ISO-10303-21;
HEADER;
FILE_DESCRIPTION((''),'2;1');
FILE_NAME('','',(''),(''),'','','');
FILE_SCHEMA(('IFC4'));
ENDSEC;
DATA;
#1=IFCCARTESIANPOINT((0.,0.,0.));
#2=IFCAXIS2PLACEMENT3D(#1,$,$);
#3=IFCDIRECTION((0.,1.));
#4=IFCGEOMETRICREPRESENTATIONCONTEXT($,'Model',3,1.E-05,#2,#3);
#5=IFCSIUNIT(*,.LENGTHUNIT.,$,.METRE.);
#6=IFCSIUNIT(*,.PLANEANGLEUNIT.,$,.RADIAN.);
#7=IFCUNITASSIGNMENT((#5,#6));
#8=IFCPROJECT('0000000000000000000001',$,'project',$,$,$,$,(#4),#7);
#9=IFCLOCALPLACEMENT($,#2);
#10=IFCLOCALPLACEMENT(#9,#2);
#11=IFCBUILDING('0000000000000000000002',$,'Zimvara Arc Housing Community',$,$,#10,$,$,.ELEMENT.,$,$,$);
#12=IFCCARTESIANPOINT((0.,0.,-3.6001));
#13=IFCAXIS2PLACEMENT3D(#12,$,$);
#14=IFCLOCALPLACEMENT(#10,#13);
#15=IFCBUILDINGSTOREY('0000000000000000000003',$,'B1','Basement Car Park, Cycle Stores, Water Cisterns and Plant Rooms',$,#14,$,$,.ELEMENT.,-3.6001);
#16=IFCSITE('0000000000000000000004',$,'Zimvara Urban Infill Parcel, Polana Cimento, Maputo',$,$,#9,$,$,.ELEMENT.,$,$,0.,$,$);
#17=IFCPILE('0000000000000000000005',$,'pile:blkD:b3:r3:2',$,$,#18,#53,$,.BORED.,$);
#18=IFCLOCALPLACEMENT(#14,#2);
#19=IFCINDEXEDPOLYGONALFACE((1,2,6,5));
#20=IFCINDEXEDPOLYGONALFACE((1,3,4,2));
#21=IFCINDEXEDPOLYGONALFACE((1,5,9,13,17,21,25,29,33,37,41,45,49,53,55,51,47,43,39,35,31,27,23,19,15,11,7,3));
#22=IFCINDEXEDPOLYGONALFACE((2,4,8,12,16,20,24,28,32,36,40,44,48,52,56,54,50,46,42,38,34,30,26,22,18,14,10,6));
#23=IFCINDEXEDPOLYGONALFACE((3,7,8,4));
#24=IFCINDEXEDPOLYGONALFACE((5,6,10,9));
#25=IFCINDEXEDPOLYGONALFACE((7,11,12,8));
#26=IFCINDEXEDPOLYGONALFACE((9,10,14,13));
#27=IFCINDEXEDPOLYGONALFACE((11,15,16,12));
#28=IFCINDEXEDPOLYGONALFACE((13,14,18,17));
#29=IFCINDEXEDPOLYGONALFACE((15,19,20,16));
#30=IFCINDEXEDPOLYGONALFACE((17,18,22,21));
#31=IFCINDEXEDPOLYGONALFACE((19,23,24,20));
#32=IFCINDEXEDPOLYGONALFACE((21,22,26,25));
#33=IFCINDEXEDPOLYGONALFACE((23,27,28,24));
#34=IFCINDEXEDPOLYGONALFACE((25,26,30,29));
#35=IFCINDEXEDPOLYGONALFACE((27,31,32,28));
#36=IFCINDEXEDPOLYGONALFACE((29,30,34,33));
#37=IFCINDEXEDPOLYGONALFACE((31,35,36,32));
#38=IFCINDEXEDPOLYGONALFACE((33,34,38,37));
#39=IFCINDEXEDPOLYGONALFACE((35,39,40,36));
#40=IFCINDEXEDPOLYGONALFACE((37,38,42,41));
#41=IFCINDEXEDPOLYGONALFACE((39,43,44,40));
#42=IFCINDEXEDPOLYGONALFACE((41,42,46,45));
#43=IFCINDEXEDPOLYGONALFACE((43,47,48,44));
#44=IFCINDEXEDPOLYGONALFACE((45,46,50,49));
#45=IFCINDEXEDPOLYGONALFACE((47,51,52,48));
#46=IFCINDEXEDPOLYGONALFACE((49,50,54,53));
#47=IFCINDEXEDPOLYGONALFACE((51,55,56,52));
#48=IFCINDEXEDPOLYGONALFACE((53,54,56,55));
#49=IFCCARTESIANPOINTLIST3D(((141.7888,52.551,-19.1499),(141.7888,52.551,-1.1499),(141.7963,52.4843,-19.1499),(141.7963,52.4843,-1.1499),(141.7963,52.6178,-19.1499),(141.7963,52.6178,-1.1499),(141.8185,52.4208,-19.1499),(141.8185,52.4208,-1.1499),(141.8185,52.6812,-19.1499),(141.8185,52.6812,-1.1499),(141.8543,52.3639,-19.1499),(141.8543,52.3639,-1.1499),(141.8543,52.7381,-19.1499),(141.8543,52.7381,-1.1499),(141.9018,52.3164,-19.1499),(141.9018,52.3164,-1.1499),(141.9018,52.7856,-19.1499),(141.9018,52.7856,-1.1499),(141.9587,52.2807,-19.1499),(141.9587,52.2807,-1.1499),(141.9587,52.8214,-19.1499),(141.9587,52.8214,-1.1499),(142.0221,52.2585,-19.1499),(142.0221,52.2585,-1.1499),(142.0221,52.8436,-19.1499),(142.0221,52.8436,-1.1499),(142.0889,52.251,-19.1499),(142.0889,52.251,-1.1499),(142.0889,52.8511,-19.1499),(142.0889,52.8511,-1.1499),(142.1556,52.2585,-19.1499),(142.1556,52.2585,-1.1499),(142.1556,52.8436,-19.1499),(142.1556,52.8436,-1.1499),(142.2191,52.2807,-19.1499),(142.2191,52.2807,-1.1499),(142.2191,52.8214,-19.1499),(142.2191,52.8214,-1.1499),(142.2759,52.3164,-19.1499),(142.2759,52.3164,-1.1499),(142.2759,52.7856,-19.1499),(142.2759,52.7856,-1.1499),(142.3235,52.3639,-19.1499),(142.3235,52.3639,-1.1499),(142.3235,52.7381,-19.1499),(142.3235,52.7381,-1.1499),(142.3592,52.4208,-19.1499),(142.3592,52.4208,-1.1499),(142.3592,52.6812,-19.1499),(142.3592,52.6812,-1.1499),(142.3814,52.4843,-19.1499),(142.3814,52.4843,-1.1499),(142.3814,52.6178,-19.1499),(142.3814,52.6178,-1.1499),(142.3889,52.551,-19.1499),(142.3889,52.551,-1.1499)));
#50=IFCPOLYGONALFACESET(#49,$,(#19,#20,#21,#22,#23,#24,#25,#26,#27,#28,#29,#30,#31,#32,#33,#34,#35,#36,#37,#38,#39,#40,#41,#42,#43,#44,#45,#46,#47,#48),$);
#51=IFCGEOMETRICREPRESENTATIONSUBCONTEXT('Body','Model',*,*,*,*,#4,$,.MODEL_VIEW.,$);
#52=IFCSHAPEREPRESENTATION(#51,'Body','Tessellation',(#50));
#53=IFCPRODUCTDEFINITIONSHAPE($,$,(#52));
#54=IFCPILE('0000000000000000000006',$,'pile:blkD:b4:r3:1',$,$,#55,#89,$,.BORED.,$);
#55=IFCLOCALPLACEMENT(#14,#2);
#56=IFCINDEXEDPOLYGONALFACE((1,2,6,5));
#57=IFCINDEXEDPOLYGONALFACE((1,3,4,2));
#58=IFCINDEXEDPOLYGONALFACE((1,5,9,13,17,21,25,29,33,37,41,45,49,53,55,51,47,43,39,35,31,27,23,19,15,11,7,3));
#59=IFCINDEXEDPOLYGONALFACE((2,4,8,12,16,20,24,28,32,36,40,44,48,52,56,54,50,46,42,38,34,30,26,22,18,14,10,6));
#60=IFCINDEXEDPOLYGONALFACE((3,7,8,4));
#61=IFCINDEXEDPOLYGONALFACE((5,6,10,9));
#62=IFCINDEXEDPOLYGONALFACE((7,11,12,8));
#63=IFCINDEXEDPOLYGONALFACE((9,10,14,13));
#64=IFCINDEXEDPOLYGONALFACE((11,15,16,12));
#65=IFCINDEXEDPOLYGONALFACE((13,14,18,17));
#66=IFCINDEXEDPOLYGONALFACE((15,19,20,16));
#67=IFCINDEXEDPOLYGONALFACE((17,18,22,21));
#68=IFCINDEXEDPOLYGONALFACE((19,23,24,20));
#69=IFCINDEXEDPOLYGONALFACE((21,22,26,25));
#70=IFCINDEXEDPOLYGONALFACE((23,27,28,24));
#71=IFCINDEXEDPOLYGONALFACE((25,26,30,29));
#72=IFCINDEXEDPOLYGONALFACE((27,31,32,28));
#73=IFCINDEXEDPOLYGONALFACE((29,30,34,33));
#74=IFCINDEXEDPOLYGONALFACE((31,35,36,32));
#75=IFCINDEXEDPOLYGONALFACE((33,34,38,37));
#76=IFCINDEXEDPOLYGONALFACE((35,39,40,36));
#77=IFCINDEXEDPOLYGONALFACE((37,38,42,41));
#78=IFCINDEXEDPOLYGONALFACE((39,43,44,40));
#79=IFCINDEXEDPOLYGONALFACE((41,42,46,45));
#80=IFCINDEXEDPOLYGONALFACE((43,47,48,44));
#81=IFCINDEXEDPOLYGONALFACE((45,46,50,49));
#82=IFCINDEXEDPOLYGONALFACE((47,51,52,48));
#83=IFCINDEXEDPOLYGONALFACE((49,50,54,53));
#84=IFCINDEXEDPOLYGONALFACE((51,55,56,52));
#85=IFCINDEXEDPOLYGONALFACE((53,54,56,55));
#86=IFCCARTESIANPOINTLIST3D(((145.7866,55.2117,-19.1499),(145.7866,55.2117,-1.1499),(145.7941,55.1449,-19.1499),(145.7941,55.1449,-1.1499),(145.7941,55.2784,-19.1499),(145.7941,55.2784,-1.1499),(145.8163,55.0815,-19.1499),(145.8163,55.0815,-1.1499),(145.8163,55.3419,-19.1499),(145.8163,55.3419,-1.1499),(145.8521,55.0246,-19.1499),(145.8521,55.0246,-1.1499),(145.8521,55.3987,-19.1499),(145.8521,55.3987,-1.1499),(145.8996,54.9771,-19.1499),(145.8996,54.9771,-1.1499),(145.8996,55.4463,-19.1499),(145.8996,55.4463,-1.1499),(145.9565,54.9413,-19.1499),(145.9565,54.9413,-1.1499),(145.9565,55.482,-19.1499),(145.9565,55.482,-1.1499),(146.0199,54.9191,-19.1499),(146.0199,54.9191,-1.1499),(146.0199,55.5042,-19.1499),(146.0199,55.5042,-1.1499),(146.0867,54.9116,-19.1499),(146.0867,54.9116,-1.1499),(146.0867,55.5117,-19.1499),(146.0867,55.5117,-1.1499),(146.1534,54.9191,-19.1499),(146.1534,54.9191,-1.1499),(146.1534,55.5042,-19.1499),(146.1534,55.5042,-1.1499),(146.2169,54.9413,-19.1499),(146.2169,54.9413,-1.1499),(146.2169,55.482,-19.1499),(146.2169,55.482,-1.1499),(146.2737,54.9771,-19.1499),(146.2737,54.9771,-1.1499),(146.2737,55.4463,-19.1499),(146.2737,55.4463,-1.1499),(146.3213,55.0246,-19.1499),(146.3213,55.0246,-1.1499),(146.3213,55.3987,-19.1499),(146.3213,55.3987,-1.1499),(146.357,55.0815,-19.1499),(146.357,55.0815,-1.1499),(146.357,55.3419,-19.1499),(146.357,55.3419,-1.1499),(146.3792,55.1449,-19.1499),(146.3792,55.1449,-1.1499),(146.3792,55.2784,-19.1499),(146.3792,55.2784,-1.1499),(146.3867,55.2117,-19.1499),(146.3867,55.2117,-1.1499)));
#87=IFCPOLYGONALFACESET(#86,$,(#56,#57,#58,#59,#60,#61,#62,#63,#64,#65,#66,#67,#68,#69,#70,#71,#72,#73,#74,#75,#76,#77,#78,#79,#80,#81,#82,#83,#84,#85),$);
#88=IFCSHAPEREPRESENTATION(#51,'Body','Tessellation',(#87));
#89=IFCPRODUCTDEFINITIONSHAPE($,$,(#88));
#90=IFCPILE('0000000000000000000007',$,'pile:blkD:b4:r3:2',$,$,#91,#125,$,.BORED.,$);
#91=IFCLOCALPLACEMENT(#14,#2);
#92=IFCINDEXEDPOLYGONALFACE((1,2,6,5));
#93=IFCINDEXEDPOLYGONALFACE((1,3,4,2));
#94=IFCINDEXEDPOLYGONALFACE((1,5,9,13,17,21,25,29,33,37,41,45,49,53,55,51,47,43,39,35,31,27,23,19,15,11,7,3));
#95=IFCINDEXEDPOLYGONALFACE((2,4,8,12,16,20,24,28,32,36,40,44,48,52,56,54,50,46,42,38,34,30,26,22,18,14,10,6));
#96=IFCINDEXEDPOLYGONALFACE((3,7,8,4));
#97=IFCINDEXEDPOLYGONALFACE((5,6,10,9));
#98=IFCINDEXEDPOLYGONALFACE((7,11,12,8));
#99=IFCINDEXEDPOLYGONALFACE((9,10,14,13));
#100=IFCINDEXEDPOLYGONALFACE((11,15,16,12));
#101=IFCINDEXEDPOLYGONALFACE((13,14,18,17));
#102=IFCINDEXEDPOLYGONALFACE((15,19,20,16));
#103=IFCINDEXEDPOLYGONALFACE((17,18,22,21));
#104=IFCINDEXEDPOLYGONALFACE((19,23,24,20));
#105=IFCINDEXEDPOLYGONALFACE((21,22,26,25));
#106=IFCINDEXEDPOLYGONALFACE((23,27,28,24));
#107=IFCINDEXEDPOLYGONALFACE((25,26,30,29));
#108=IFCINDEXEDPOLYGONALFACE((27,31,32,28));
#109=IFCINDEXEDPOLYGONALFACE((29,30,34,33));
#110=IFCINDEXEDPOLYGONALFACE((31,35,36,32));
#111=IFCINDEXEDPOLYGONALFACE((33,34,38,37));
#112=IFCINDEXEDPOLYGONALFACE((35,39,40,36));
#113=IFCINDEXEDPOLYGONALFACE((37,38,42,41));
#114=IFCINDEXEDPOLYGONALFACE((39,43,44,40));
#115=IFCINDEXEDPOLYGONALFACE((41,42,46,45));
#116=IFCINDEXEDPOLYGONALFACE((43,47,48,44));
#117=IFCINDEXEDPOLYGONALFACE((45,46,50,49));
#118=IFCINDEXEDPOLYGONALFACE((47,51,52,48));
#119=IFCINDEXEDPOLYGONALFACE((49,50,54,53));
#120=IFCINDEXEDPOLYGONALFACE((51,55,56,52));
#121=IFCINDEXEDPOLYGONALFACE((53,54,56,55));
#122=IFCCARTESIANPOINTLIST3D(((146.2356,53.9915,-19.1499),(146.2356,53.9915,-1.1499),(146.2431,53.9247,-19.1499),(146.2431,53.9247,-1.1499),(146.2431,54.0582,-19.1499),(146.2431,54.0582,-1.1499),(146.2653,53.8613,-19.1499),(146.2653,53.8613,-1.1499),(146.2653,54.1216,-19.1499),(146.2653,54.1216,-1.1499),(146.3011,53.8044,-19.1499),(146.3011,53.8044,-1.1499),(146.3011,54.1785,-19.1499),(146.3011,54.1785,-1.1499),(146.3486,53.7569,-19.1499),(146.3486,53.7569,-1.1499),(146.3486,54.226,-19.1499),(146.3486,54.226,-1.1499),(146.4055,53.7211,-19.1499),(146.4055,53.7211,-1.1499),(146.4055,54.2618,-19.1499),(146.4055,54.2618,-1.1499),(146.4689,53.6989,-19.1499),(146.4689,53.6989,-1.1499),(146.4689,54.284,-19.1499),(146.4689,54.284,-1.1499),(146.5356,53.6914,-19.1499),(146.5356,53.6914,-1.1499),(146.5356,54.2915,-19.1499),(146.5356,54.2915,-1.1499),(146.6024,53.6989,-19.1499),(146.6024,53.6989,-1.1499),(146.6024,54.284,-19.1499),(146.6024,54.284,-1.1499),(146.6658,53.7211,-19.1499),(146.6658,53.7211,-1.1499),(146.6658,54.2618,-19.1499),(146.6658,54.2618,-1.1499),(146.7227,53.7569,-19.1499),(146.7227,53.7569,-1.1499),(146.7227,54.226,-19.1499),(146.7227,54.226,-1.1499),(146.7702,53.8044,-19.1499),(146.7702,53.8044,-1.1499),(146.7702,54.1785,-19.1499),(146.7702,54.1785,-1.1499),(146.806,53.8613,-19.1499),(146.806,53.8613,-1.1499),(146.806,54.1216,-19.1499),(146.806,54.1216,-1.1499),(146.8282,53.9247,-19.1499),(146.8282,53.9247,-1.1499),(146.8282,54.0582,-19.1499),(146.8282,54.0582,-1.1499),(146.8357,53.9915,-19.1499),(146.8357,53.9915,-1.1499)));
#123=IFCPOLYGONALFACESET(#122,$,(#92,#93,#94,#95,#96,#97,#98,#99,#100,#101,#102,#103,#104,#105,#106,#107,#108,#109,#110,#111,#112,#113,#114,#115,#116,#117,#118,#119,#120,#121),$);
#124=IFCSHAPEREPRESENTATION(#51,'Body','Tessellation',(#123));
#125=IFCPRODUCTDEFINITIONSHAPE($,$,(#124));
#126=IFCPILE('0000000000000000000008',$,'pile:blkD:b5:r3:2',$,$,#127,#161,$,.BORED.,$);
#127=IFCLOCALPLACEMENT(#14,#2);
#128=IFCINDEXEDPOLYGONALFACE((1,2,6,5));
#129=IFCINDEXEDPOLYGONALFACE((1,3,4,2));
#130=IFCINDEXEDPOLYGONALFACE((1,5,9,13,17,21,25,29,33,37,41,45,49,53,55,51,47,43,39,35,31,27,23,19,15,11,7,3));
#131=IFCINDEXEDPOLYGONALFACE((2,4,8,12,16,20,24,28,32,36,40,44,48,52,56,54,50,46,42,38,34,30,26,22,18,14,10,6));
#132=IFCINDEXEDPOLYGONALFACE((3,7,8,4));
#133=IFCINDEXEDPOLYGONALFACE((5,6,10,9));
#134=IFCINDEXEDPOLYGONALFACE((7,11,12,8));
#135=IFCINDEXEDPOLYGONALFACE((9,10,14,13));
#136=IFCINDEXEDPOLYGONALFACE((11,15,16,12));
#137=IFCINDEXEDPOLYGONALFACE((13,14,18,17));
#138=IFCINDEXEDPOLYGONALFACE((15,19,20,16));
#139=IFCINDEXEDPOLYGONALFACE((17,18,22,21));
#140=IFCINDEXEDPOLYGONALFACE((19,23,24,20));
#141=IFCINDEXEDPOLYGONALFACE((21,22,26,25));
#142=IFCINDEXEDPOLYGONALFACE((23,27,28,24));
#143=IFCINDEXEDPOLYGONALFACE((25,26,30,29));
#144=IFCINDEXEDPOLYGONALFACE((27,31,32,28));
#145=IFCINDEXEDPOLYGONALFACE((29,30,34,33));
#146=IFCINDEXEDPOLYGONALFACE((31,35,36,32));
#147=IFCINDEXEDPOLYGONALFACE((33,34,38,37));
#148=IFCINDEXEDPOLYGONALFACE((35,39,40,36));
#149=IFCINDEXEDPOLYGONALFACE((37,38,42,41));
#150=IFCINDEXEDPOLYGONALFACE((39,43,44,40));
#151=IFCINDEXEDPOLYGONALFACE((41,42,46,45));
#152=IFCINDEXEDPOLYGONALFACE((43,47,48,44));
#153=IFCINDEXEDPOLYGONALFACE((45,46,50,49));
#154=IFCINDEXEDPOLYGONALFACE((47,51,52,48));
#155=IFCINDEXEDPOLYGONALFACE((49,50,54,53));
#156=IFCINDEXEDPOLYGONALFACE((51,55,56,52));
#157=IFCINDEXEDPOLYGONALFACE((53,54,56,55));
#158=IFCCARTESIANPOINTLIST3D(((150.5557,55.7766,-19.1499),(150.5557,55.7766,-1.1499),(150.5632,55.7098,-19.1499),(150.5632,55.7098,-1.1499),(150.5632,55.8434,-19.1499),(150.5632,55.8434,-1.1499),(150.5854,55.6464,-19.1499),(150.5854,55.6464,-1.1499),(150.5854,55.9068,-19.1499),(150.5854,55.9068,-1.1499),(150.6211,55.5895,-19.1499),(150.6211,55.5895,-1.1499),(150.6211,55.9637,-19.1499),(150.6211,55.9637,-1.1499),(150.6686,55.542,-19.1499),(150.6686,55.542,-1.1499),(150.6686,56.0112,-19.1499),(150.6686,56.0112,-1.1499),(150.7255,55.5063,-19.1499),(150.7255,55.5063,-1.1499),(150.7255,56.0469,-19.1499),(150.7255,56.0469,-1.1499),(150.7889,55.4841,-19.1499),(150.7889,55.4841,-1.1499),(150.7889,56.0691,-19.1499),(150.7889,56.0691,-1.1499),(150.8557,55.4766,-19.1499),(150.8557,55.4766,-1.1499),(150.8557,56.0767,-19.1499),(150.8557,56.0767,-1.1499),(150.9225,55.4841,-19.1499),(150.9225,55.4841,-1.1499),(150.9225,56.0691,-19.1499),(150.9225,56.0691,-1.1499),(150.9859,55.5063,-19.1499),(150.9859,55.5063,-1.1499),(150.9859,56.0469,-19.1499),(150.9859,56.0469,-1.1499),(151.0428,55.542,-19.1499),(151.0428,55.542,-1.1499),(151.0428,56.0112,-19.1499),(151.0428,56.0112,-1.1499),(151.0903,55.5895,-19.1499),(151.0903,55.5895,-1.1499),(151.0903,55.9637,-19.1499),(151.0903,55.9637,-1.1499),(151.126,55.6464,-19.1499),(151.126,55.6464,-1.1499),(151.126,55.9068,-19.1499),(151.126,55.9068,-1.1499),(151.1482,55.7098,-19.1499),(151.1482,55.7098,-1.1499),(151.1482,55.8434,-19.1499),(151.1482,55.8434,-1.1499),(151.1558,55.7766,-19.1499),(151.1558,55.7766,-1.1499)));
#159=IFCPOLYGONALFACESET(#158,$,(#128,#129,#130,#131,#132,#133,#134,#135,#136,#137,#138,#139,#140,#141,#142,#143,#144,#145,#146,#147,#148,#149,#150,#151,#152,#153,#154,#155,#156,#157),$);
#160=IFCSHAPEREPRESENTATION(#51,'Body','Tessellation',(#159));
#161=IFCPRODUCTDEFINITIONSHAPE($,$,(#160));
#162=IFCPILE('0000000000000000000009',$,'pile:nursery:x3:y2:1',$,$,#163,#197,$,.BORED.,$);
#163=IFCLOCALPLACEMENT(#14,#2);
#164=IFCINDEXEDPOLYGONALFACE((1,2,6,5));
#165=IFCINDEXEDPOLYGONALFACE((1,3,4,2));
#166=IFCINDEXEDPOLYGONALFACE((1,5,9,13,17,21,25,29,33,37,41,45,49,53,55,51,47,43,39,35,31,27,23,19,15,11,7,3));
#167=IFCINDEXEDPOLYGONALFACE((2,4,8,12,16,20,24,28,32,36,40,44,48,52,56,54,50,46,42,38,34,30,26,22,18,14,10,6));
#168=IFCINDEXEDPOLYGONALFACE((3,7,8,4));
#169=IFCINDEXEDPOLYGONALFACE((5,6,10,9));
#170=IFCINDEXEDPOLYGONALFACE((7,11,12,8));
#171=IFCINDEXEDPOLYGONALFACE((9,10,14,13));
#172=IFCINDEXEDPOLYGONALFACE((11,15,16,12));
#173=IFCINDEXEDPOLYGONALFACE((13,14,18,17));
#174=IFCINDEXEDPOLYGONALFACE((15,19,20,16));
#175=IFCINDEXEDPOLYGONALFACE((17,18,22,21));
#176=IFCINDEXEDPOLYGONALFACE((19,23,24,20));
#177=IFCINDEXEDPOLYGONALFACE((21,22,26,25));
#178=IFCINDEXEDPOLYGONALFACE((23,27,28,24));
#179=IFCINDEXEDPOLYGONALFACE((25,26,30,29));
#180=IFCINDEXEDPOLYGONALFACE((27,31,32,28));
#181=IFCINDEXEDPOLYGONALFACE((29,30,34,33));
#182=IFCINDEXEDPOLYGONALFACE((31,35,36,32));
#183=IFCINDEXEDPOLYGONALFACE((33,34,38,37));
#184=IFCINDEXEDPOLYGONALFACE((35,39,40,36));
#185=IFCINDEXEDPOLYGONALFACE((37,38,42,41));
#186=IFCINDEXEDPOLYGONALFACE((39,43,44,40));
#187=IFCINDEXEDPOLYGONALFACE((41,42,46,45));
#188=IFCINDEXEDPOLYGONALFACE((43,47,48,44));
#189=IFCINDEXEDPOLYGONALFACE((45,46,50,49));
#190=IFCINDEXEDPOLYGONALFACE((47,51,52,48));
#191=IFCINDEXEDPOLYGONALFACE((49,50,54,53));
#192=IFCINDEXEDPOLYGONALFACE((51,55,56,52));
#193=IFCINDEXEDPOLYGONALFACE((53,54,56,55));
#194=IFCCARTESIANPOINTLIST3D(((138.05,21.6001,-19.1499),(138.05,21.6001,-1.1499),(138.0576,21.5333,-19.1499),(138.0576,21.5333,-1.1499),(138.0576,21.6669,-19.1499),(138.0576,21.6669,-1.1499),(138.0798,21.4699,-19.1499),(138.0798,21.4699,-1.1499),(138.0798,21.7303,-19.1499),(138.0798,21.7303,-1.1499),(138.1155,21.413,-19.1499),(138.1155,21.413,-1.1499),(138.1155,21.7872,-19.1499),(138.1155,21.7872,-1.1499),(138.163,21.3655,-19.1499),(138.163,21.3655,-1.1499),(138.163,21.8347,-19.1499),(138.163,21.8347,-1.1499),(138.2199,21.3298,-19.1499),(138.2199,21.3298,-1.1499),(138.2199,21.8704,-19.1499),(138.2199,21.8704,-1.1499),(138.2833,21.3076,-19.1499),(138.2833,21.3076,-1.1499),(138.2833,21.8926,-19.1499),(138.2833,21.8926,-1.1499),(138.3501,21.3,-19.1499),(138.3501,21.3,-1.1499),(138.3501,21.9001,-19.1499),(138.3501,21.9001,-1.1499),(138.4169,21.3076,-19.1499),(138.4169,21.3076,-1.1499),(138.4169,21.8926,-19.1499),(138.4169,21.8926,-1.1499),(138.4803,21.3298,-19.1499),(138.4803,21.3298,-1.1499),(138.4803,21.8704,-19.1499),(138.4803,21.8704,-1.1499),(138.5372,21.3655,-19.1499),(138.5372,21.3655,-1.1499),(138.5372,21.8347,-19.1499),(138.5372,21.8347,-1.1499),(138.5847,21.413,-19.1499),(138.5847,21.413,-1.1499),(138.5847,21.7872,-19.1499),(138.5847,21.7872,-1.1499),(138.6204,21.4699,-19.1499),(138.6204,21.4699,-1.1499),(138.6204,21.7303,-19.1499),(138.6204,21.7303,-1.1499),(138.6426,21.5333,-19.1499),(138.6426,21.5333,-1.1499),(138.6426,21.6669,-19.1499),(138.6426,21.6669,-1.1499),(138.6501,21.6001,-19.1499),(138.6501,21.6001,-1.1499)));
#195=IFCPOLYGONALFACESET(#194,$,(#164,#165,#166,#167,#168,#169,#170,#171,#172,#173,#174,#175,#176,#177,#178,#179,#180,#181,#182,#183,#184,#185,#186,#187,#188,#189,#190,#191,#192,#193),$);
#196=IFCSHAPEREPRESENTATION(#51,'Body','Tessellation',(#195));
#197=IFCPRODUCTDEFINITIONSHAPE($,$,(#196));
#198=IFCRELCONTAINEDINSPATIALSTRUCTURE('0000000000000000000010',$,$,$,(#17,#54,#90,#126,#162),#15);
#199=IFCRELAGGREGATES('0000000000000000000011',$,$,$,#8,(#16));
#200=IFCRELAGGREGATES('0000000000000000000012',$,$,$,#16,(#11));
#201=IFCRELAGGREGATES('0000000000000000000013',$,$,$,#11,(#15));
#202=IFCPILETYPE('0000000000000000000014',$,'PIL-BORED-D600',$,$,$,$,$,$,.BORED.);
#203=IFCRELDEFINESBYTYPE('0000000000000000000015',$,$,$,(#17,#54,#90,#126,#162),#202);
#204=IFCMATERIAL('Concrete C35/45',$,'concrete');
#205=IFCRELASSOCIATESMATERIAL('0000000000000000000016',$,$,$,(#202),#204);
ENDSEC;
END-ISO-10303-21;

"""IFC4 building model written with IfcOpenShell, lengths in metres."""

from ifc_helpers import new_model, si_unit, direction, frame, origin, origin_2d, place, context, subcontext, project, spatial, circle, extrude, material, material_profile, profile_set, type_object, element, save


model = new_model("IFC4")

# Units and contexts
model_context = context("Model", 3, precision=1e-05, world=origin(), true_north=direction((0.0, 1.0)))
body_context = subcontext(model_context, "Body", "Model", "MODEL_VIEW")
ifc_project = project(units=[si_unit("LENGTHUNIT", "METRE"), si_unit("PLANEANGLEUNIT", "RADIAN")], contexts=[model_context])

# Site, building, storey
site_placement = place(None, origin())
site = spatial("IfcSite", under=ifc_project, at=site_placement, Name="Zimvara Urban Infill Parcel, Polana Cimento, Maputo", CompositionType="ELEMENT", RefElevation=0.0)
building_placement = place(site_placement, origin())
building = spatial("IfcBuilding", under=site, at=building_placement, Name="Zimvara Arc Housing Community", CompositionType="ELEMENT")
storey_placement = place(building_placement, frame((0.0, 0.0, -3.6001)))
storey = spatial("IfcBuildingStorey", under=building, at=storey_placement, Name="B1", Description="Basement Car Park, Cycle Stores, Water Cisterns and Plant Rooms", CompositionType="ELEMENT", Elevation=-3.6001)

# Piles
ifc_material_1 = material(Name="Concrete C35/45", Category="concrete")
ifc_material_profile_1 = material_profile(ifc_material_1, circle(Radius=0.3, at=origin_2d()), Name="PILE D600")
ifc_profile_set_1 = profile_set([ifc_material_profile_1], Name="Concrete C35/45")
pile_type = type_object("IfcPileType", Name="PIL-BORED-D600", PredefinedType="BORED", material=ifc_profile_set_1)
for number, where, z_axis, x_axis, name in (
    (1, (142.0889, 52.551, -1.1499), (0.0, 0.0, -1.0), (1.0, 0.0, 0.0), "pile:blkD:b3:r3:2"),
    (2, (146.0867, 55.2117, -1.1499), (0.0, 0.0, -1.0), (1.0, 0.0, 0.0), "pile:blkD:b4:r3:1"),
    (3, (146.5356, 53.9915, -1.1499), (0.0, 0.0, -1.0), (1.0, 0.0, 0.0), "pile:blkD:b4:r3:2"),
    (4, (150.8557, 55.7766, -1.1499), (0.0, 0.0, -1.0), (1.0, 0.0, 0.0), "pile:blkD:b5:r3:2"),
    (5, (138.3501, 21.6001, -1.1499), (0.0, 0.0, -1.0), (1.0, 0.0, 0.0), "pile:nursery:x3:y2:1"),
):
    element("IfcPile", number, at=place(storey_placement, frame(where, z_axis=z_axis, x_axis=x_axis)), inside=storey, type_object=pile_type, Name=name, PredefinedType="BORED", context=body_context, shape_type="SweptSolid", body=[
        extrude(circle(Radius=0.3, at=origin_2d()), origin(), (0.0, 0.0, 1.0), 18.0),
    ])

save(model, "model.ifc")
